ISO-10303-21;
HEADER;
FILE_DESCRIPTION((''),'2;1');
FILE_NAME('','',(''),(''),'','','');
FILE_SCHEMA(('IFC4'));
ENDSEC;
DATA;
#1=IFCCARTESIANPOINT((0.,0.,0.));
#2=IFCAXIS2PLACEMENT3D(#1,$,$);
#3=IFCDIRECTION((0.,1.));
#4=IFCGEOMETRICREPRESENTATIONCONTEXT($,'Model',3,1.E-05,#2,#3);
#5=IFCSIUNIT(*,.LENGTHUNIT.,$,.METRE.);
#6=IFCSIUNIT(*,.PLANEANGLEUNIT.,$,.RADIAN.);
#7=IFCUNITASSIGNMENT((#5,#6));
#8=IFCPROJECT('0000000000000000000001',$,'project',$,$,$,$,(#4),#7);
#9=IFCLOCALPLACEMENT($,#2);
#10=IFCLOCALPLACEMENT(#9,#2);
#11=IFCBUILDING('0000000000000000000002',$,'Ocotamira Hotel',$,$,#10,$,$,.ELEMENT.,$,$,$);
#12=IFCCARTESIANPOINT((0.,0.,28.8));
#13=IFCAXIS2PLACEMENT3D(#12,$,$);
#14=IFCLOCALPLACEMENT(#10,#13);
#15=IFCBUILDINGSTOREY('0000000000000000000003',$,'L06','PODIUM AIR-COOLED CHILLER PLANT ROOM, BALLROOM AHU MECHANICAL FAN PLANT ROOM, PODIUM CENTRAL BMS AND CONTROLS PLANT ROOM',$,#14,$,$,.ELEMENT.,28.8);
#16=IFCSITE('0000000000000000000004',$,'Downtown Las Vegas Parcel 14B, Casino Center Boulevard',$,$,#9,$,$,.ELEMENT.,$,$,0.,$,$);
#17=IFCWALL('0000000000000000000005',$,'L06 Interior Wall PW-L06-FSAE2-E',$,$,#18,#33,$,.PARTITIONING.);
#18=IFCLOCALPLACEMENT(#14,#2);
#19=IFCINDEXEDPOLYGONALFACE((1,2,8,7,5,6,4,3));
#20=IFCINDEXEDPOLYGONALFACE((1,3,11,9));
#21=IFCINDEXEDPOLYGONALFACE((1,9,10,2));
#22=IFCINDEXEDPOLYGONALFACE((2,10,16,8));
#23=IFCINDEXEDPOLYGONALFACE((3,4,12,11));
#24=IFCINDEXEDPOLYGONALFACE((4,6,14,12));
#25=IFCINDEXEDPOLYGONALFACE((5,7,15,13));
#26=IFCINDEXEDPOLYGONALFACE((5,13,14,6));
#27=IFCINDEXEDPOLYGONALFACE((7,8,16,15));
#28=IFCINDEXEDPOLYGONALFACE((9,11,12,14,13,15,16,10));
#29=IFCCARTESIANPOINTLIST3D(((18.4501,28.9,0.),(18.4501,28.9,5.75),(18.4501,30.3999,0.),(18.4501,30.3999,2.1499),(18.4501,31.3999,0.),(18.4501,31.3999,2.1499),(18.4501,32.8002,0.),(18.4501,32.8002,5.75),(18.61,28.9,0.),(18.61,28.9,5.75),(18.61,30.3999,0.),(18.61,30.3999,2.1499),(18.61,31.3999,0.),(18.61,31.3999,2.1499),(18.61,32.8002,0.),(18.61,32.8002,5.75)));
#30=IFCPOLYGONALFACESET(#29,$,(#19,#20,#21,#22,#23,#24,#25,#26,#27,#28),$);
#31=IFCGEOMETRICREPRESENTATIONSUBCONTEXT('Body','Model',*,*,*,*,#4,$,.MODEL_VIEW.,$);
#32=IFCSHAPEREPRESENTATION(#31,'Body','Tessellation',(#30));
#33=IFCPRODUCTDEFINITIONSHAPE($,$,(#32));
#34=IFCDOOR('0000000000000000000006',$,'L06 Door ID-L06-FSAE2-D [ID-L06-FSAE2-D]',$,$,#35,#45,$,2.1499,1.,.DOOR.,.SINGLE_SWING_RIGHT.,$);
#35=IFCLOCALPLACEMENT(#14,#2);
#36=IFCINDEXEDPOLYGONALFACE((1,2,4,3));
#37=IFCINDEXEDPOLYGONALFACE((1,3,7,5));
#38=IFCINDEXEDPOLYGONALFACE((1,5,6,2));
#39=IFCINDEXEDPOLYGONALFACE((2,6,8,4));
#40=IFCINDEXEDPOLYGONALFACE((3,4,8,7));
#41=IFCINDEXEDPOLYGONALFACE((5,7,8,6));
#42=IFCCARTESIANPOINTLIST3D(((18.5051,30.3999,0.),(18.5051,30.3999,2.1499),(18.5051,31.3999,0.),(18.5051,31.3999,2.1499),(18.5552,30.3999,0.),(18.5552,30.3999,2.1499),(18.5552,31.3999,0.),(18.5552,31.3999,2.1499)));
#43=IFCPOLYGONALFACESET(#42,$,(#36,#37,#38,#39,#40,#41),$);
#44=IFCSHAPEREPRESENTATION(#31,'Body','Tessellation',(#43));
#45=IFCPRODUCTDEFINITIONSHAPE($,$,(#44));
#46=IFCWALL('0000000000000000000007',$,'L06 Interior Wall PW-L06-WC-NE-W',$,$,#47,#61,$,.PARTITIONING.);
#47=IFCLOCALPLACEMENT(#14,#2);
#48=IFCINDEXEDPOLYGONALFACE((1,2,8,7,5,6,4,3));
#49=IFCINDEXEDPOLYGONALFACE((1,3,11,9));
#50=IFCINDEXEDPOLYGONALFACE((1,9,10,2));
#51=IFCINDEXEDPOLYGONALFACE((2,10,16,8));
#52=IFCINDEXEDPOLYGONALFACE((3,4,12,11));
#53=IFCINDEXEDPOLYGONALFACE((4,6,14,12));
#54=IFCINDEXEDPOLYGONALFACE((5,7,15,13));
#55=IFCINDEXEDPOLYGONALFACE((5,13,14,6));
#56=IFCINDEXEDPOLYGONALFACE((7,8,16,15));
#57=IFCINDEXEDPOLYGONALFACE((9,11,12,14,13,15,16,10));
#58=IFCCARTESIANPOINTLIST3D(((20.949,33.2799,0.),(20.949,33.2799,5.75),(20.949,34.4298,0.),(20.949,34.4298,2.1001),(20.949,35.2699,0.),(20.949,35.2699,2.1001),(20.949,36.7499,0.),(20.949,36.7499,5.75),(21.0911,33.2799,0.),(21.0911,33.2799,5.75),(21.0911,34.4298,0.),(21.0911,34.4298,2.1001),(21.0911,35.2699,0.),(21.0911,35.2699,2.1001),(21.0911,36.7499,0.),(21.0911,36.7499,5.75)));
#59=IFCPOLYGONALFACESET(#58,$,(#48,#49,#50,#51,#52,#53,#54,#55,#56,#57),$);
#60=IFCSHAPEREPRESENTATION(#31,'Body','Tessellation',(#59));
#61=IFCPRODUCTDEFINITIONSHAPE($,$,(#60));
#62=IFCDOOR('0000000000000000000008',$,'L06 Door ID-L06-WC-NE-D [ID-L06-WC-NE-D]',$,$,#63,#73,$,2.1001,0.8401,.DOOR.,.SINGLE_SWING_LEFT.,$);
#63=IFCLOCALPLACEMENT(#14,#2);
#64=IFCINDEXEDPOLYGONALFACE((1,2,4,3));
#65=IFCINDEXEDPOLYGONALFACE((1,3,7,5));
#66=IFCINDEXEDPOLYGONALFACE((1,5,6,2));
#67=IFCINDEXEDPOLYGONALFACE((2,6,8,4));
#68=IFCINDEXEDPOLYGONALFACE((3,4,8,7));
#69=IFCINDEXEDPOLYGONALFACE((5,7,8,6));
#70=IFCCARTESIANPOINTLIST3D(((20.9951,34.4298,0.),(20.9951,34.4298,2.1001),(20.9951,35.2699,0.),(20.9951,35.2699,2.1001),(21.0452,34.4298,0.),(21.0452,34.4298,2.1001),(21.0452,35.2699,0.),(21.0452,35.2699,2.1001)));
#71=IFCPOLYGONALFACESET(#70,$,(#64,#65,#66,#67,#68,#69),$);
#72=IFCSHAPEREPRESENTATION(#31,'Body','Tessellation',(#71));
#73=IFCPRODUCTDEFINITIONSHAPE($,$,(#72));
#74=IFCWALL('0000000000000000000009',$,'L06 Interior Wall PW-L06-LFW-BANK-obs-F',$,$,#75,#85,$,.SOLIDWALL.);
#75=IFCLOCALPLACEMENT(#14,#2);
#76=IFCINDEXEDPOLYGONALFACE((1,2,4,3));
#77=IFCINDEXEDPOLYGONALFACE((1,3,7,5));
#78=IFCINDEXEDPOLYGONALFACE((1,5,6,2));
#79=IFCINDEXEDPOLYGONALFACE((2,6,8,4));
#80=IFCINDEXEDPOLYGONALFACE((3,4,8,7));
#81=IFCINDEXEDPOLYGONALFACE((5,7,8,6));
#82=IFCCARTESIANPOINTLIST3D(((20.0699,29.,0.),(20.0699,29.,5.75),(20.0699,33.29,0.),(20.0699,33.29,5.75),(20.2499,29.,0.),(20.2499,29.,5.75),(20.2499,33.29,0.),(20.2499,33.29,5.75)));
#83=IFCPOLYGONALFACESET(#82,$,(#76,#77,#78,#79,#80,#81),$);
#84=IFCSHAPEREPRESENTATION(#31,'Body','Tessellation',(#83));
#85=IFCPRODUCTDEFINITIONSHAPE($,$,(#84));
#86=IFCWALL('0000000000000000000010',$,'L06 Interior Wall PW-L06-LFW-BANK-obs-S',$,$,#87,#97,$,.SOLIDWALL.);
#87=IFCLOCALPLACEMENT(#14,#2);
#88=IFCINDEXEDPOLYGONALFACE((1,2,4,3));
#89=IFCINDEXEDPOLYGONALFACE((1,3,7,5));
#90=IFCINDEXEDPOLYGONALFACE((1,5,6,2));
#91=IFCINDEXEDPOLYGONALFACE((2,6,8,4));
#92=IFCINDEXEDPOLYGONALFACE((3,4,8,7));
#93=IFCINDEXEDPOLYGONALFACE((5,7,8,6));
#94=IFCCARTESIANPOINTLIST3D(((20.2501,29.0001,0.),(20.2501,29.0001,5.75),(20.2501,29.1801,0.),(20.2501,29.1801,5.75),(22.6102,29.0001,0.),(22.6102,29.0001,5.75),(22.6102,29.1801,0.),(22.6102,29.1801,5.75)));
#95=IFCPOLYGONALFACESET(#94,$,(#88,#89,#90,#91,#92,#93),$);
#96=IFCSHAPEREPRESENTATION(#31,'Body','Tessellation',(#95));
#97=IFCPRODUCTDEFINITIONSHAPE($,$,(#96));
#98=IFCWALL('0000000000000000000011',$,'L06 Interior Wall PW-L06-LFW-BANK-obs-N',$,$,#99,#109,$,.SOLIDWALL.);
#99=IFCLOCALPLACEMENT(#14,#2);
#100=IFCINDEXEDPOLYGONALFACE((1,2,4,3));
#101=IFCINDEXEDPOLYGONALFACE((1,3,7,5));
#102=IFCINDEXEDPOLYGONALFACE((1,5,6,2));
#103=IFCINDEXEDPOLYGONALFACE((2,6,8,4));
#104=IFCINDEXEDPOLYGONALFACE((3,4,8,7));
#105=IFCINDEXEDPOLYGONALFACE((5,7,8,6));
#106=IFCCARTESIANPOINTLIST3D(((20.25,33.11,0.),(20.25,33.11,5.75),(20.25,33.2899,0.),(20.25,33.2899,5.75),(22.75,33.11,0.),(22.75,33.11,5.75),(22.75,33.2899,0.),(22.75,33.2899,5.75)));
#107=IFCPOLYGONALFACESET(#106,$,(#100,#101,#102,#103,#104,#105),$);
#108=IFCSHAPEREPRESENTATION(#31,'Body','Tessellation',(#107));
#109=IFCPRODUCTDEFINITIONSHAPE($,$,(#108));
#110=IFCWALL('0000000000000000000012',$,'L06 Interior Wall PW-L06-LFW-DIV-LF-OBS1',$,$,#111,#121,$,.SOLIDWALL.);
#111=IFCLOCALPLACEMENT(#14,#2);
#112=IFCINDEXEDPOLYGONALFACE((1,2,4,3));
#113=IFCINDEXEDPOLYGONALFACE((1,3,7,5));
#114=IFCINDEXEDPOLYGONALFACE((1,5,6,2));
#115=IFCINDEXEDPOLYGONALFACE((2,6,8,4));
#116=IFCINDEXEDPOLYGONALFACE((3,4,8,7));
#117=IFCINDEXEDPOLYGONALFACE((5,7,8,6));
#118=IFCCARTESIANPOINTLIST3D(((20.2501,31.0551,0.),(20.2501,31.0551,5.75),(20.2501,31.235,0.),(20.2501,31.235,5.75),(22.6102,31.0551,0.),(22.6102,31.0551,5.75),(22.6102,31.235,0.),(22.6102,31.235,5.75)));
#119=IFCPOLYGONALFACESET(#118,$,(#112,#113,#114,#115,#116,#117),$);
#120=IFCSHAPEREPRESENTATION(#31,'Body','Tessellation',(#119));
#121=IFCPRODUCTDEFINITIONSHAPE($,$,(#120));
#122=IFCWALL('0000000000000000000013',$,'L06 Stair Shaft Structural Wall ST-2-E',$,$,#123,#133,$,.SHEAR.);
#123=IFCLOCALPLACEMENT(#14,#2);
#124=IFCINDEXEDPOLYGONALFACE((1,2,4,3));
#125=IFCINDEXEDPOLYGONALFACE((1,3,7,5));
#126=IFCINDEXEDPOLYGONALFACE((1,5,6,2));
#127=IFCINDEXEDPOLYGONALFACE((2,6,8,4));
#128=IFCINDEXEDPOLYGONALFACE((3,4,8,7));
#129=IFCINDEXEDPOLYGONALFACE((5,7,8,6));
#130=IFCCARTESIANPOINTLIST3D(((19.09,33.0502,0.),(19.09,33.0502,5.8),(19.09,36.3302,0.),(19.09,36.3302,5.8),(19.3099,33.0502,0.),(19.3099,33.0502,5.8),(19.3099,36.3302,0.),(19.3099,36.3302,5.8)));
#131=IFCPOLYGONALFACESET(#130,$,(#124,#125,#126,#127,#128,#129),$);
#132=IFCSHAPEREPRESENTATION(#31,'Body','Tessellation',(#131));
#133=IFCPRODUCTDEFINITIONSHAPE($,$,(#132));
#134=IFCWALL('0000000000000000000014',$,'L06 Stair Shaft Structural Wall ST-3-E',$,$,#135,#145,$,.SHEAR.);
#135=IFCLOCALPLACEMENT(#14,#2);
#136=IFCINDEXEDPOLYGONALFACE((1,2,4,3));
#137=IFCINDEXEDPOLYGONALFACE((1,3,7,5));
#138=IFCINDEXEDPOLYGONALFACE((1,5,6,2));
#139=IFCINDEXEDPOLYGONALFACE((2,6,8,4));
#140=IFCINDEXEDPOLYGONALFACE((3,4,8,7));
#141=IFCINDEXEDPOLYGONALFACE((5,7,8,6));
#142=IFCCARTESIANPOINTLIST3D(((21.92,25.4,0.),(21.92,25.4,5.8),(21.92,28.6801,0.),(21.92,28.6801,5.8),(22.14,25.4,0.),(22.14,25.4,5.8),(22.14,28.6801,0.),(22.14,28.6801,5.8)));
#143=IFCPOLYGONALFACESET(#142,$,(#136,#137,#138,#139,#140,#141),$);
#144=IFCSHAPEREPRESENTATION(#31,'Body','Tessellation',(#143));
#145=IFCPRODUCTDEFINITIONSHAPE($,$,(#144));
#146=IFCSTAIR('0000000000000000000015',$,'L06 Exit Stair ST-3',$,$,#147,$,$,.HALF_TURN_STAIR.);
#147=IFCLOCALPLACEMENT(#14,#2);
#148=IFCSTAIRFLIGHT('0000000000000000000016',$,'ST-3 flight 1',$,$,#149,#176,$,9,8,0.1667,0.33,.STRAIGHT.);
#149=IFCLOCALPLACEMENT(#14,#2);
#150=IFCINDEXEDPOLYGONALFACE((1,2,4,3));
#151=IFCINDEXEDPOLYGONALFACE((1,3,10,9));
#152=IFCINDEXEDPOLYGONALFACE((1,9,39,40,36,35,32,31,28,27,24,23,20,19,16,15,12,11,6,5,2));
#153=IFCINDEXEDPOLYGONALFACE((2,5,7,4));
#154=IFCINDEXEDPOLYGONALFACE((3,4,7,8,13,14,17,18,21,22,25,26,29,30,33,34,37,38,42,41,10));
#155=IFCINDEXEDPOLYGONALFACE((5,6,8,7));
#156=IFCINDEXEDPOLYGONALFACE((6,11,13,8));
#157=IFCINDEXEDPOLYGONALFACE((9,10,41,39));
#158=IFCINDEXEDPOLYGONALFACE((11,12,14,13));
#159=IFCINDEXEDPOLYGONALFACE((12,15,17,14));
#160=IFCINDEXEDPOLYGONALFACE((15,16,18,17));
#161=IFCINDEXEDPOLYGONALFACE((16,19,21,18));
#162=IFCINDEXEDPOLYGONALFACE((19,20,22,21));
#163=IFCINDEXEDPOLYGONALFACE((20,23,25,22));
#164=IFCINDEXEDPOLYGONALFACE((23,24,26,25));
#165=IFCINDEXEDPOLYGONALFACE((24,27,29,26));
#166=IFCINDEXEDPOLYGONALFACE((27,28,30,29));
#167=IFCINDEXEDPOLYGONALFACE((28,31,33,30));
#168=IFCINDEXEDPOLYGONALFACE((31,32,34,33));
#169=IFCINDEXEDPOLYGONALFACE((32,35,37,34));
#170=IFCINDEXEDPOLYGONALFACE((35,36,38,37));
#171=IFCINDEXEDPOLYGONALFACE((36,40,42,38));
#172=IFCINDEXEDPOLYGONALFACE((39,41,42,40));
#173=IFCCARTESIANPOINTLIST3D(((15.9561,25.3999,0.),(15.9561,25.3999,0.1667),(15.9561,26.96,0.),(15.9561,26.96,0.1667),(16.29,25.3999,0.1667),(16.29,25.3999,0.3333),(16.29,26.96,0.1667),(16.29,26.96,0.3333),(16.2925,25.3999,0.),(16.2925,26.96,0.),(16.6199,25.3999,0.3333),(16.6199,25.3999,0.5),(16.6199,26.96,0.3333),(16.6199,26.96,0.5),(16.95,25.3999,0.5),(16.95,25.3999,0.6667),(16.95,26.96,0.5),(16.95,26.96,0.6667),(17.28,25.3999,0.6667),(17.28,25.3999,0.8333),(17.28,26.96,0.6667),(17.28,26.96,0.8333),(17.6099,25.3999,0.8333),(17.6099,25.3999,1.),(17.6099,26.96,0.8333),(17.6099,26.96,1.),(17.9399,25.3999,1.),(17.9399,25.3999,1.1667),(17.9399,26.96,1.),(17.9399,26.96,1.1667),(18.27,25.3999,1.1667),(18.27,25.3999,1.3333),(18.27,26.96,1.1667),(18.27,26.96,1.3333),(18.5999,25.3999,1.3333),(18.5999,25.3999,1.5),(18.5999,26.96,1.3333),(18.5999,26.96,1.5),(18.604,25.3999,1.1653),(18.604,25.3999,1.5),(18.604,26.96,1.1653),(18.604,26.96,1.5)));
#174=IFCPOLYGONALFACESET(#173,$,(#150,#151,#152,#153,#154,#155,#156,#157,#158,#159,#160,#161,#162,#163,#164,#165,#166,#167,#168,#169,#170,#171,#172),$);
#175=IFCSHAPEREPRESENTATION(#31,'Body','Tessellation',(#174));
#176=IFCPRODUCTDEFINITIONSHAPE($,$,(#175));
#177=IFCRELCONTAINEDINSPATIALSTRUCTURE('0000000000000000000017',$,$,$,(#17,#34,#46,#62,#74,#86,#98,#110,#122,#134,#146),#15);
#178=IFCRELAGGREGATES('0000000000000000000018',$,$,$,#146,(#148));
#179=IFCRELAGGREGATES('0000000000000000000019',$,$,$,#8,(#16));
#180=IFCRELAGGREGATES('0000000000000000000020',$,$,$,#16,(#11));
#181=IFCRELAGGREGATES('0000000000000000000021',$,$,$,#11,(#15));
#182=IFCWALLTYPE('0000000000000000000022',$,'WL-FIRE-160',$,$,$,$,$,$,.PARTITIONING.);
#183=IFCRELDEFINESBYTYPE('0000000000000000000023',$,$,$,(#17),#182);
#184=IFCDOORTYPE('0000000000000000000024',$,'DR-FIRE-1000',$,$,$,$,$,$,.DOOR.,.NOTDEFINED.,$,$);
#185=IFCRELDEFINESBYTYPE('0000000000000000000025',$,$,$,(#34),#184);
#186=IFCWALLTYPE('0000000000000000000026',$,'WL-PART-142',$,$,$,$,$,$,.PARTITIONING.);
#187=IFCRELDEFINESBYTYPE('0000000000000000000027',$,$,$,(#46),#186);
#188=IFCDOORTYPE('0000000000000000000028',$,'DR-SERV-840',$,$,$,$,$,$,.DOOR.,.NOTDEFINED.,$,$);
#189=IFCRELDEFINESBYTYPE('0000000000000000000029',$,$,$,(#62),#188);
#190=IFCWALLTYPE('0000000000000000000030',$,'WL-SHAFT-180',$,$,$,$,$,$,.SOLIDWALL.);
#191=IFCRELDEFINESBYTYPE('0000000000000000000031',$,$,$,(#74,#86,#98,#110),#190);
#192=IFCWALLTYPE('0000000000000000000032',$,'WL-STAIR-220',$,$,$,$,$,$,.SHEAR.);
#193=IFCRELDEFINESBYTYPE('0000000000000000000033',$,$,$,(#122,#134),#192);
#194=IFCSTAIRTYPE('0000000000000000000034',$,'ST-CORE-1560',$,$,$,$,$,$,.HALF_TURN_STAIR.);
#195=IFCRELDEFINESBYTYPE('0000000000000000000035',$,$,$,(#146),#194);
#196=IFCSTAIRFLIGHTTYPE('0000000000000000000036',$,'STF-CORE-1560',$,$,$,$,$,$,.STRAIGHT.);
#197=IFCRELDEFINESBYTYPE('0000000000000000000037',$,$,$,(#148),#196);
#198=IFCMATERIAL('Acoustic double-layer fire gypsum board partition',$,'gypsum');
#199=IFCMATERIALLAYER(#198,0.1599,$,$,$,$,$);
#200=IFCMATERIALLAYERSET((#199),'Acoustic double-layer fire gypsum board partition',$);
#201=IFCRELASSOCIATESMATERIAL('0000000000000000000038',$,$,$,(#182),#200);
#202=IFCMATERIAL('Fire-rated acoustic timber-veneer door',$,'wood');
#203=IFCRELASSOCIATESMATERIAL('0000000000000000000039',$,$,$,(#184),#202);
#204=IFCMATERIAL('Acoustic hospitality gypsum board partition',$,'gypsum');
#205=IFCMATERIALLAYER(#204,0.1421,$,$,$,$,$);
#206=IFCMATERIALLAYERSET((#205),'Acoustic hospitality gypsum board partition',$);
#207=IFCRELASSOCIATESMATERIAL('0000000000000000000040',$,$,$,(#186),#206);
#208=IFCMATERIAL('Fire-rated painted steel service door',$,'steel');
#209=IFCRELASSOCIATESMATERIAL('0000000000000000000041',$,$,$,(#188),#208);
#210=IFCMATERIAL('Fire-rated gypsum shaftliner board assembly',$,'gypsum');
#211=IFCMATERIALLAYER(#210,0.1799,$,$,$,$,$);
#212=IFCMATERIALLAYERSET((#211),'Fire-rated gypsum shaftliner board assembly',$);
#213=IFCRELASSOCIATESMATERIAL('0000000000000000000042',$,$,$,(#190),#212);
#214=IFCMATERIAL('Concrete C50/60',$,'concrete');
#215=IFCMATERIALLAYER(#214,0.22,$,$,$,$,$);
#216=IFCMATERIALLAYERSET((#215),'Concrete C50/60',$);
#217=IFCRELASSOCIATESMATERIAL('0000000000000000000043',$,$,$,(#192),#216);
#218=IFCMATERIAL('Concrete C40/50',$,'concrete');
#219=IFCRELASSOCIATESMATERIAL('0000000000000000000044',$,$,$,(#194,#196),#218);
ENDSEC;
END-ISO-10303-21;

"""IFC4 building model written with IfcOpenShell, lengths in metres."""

from ifc_helpers import new_model, si_unit, direction, frame, frame_2d, origin, place, context, subcontext, project, spatial, polyline, rectangle, outline, extrude, source, transform, mapped, material, layer, layer_set, type_object, element, fill, aggregate, save


model = new_model("IFC4")

# Units and contexts
model_context = context("Model", 3, precision=1e-05, world=origin(), true_north=direction((0.0, 1.0)))
body_context = subcontext(model_context, "Body", "Model", "MODEL_VIEW")
ifc_project = project(units=[si_unit("LENGTHUNIT", "METRE"), si_unit("PLANEANGLEUNIT", "RADIAN")], contexts=[model_context])

# Site, building, storey
site_placement = place(None, origin())
site = spatial("IfcSite", under=ifc_project, at=site_placement, Name="Downtown Las Vegas Parcel 14B, Casino Center Boulevard", CompositionType="ELEMENT", RefElevation=0.0)
building_placement = place(site_placement, origin())
building = spatial("IfcBuilding", under=site, at=building_placement, Name="Ocotamira Hotel", CompositionType="ELEMENT")
storey_placement = place(building_placement, frame((0.0, 0.0, 28.8)))
storey = spatial("IfcBuildingStorey", under=building, at=storey_placement, Name="L06", Description="PODIUM AIR-COOLED CHILLER PLANT ROOM, BALLROOM AHU MECHANICAL FAN PLANT ROOM, PODIUM CENTRAL BMS AND CONTROLS PLANT ROOM", CompositionType="ELEMENT", Elevation=28.8)

# Walls, openings, doors
ifc_material_1 = material(Name="Acoustic double-layer fire gypsum board partition", Category="gypsum")
ifc_layer_1 = layer(ifc_material_1, 0.1599)
ifc_layer_set_1 = layer_set([ifc_layer_1], Name="Acoustic double-layer fire gypsum board partition")
wall_type_1 = type_object("IfcWallType", Name="WL-FIRE-160", PredefinedType="PARTITIONING", material=ifc_layer_set_1)
wall_1_placement = place(storey_placement, frame((18.53, 28.8999, 0.0), z_axis=(0.0, 0.0, 1.0), x_axis=(0.0, 1.0, 0.0)))
wall_1 = element("IfcWall", 1, at=wall_1_placement, inside=storey, type_object=wall_type_1, Name="L06 Interior Wall PW-L06-FSAE2-E", PredefinedType="PARTITIONING", context=body_context, shape_type="SweptSolid", body=[
    extrude(rectangle(XDim=3.9001, YDim=0.1599, at=frame_2d((1.9502, 0.0))), origin(), (0.0, 0.0, 1.0), 5.75),
])
opening_1_placement = place(wall_1_placement, frame((1.5, 0.0, 0.0)))
opening_1 = element("IfcOpeningElement", 2, at=opening_1_placement, cuts=wall_1, PredefinedType="OPENING", context=body_context, shape_type="SweptSolid", body=[
    extrude(rectangle(XDim=1.0, YDim=2.1499, at=frame_2d((0.5, 1.075))), frame((0.0, 0.0898, 0.0), z_axis=(0.0, -1.0, 0.0), x_axis=(1.0, 0.0, 0.0)), (0.0, 0.0, 1.0), 0.1799),
])
ifc_material_2 = material(Name="Fire-rated acoustic timber-veneer door", Category="wood")
door_type_1 = type_object("IfcDoorType", Name="DR-FIRE-1000", OperationType="NOTDEFINED", PredefinedType="DOOR", material=ifc_material_2)
shared_shape_1 = source(origin(), body_context, "Body", "SweptSolid", [
    extrude(rectangle(XDim=1.0, YDim=2.1499, at=frame_2d((0.5, 1.075))), frame((0.0, 0.0249, 0.0), z_axis=(0.0, -1.0, 0.0), x_axis=(1.0, 0.0, 0.0)), (0.0, 0.0, 1.0), 0.05),
])
door_1_placement = place(opening_1_placement, origin())
door_1 = element("IfcDoor", 3, at=door_1_placement, inside=storey, type_object=door_type_1, Name="L06 Door ID-L06-FSAE2-D [ID-L06-FSAE2-D]", OperationType="SINGLE_SWING_RIGHT", OverallHeight=2.1499, OverallWidth=1.0, PredefinedType="DOOR", context=body_context, shape_type="MappedRepresentation", body=[
    mapped(shared_shape_1, transform((0.0, 0.0, 0.0), scale=1.0)),
])
fill(opening_1, door_1)
ifc_material_3 = material(Name="Acoustic hospitality gypsum board partition", Category="gypsum")
ifc_layer_2 = layer(ifc_material_3, 0.1421)
ifc_layer_set_2 = layer_set([ifc_layer_2], Name="Acoustic hospitality gypsum board partition")
wall_type_2 = type_object("IfcWallType", Name="WL-PART-142", PredefinedType="PARTITIONING", material=ifc_layer_set_2)
wall_2_placement = place(storey_placement, frame((21.02, 33.28, 0.0), z_axis=(0.0, 0.0, 1.0), x_axis=(0.0, 1.0, 0.0)))
wall_2 = element("IfcWall", 4, at=wall_2_placement, inside=storey, type_object=wall_type_2, Name="L06 Interior Wall PW-L06-WC-NE-W", PredefinedType="PARTITIONING", context=body_context, shape_type="SweptSolid", body=[
    extrude(rectangle(XDim=3.47, YDim=0.1421, at=frame_2d((1.7349, 0.0))), origin(), (0.0, 0.0, 1.0), 5.75),
])
opening_2_placement = place(wall_2_placement, frame((1.1499, 0.0, 0.0)))
opening_2 = element("IfcOpeningElement", 5, at=opening_2_placement, cuts=wall_2, PredefinedType="OPENING", context=body_context, shape_type="SweptSolid", body=[
    extrude(rectangle(XDim=0.8401, YDim=2.1001, at=frame_2d((0.4199, 1.05))), frame((0.0, 0.0811, 0.0), z_axis=(0.0, -1.0, 0.0), x_axis=(1.0, 0.0, 0.0)), (0.0, 0.0, 1.0), 0.1621),
])
ifc_material_4 = material(Name="Fire-rated painted steel service door", Category="steel")
door_type_2 = type_object("IfcDoorType", Name="DR-SERV-840", OperationType="NOTDEFINED", PredefinedType="DOOR", material=ifc_material_4)
shared_shape_2 = source(origin(), body_context, "Body", "SweptSolid", [
    extrude(rectangle(XDim=0.8401, YDim=2.1001, at=frame_2d((0.4199, 1.05))), frame((0.0, 0.0249, 0.0), z_axis=(0.0, -1.0, 0.0), x_axis=(1.0, 0.0, 0.0)), (0.0, 0.0, 1.0), 0.05),
])
door_2_placement = place(opening_2_placement, origin())
door_2 = element("IfcDoor", 6, at=door_2_placement, inside=storey, type_object=door_type_2, Name="L06 Door ID-L06-WC-NE-D [ID-L06-WC-NE-D]", OperationType="SINGLE_SWING_LEFT", OverallHeight=2.1001, OverallWidth=0.8401, PredefinedType="DOOR", context=body_context, shape_type="MappedRepresentation", body=[
    mapped(shared_shape_2, transform((0.0, 0.0, 0.0), scale=1.0)),
])
fill(opening_2, door_2)

# Walls
ifc_material_5 = material(Name="Fire-rated gypsum shaftliner board assembly", Category="gypsum")
ifc_layer_3 = layer(ifc_material_5, 0.1799)
ifc_layer_set_3 = layer_set([ifc_layer_3], Name="Fire-rated gypsum shaftliner board assembly")
wall_type_3 = type_object("IfcWallType", Name="WL-SHAFT-180", PredefinedType="SOLIDWALL", material=ifc_layer_set_3)
wall_3_placement = place(storey_placement, frame((20.1599, 29.0, 0.0), z_axis=(0.0, 0.0, 1.0), x_axis=(0.0, 1.0, 0.0)))
element("IfcWall", 7, at=wall_3_placement, inside=storey, type_object=wall_type_3, Name="L06 Interior Wall PW-L06-LFW-BANK-obs-F", PredefinedType="SOLIDWALL", context=body_context, shape_type="SweptSolid", body=[
    extrude(rectangle(XDim=4.29, YDim=0.1799, at=frame_2d((2.145, 0.0))), origin(), (0.0, 0.0, 1.0), 5.75),
])
wall_4_placement = place(storey_placement, frame((20.25, 29.0901, 0.0), z_axis=(0.0, 0.0, 1.0), x_axis=(1.0, 0.0, 0.0)))
element("IfcWall", 8, at=wall_4_placement, inside=storey, type_object=wall_type_3, Name="L06 Interior Wall PW-L06-LFW-BANK-obs-S", PredefinedType="SOLIDWALL", context=body_context, shape_type="SweptSolid", body=[
    extrude(rectangle(XDim=2.3601, YDim=0.1799, at=frame_2d((1.1802, 0.0))), origin(), (0.0, 0.0, 1.0), 5.75),
])
wall_5_placement = place(storey_placement, frame((20.25, 33.2, 0.0), z_axis=(0.0, 0.0, 1.0), x_axis=(1.0, 0.0, 0.0)))
element("IfcWall", 9, at=wall_5_placement, inside=storey, type_object=wall_type_3, Name="L06 Interior Wall PW-L06-LFW-BANK-obs-N", PredefinedType="SOLIDWALL", context=body_context, shape_type="SweptSolid", body=[
    extrude(rectangle(XDim=2.5, YDim=0.1799, at=frame_2d((1.25, 0.0))), origin(), (0.0, 0.0, 1.0), 5.75),
])
wall_6_placement = place(storey_placement, frame((20.25, 31.145, 0.0), z_axis=(0.0, 0.0, 1.0), x_axis=(1.0, 0.0, 0.0)))
element("IfcWall", 10, at=wall_6_placement, inside=storey, type_object=wall_type_3, Name="L06 Interior Wall PW-L06-LFW-DIV-LF-OBS1", PredefinedType="SOLIDWALL", context=body_context, shape_type="SweptSolid", body=[
    extrude(rectangle(XDim=2.3601, YDim=0.1799, at=frame_2d((1.1802, 0.0))), origin(), (0.0, 0.0, 1.0), 5.75),
])
ifc_material_6 = material(Name="Concrete C50/60", Category="concrete")
ifc_layer_4 = layer(ifc_material_6, 0.22)
ifc_layer_set_4 = layer_set([ifc_layer_4], Name="Concrete C50/60")
wall_type_4 = type_object("IfcWallType", Name="WL-STAIR-220", PredefinedType="SHEAR", material=ifc_layer_set_4)
for number, where, z_axis, x_axis, name in (
    (11, (19.2, 33.05, 0.0), (0.0, 0.0, 1.0), (0.0, 1.0, 0.0), "L06 Stair Shaft Structural Wall ST-2-E"),
    (12, (22.03, 25.3999, 0.0), (0.0, 0.0, 1.0), (0.0, 1.0, 0.0), "L06 Stair Shaft Structural Wall ST-3-E"),
):
    element("IfcWall", number, at=place(storey_placement, frame(where, z_axis=z_axis, x_axis=x_axis)), inside=storey, type_object=wall_type_4, Name=name, PredefinedType="SHEAR", context=body_context, shape_type="SweptSolid", body=[
        extrude(rectangle(XDim=3.28, YDim=0.22, at=frame_2d((1.6401, 0.0))), origin(), (0.0, 0.0, 1.0), 5.8),
    ])

# Stair, stair flight
ifc_material_7 = material(Name="Concrete C40/50", Category="concrete")
stair_type = type_object("IfcStairType", Name="ST-CORE-1560", PredefinedType="HALF_TURN_STAIR", material=ifc_material_7)
stair_placement = place(storey_placement, origin())
stair = element("IfcStair", 13, at=stair_placement, inside=storey, type_object=stair_type, Name="L06 Exit Stair ST-3", PredefinedType="HALF_TURN_STAIR")
stair_flight_type = type_object("IfcStairFlightType", Name="STF-CORE-1560", PredefinedType="STRAIGHT", material=ifc_material_7)
shared_shape_3 = source(origin(), body_context, "Body", "SweptSolid", [
    extrude(outline(polyline([(-0.0039, 0.0), (-0.0039, 0.1667), (0.3301, 0.1667), (0.3301, 0.3333), (0.6599, 0.3333), (0.6599, 0.5), (0.99, 0.5), (0.99, 0.6667), (1.3201, 0.6667), (1.3201, 0.8333), (1.6499, 0.8333), (1.6499, 1.0), (1.98, 1.0), (1.98, 1.1667), (2.3101, 1.1667), (2.3101, 1.3333), (2.6399, 1.3333), (2.6399, 1.5), (2.644, 1.5), (2.644, 1.1653), (0.3325, 0.0), (-0.0039, 0.0)])), frame((0.0, 0.78, 0.0), z_axis=(0.0, -1.0, 0.0), x_axis=(1.0, 0.0, 0.0)), (0.0, 0.0, 1.0), 1.5601),
])
stair_flight_1_placement = place(storey_placement, frame((15.96, 26.1799, 0.0), z_axis=(0.0, 0.0, 1.0), x_axis=(1.0, 0.0, 0.0)))
stair_flight_1 = element("IfcStairFlight", 14, at=stair_flight_1_placement, type_object=stair_flight_type, Name="ST-3 flight 1", NumberOfRisers=9, NumberOfTreads=8, PredefinedType="STRAIGHT", RiserHeight=0.1667, TreadLength=0.33, context=body_context, shape_type="MappedRepresentation", body=[
    mapped(shared_shape_3, transform((0.0, 0.0, 0.0), scale=1.0)),
])
aggregate(stair, [stair_flight_1])

save(model, "model.ifc")
